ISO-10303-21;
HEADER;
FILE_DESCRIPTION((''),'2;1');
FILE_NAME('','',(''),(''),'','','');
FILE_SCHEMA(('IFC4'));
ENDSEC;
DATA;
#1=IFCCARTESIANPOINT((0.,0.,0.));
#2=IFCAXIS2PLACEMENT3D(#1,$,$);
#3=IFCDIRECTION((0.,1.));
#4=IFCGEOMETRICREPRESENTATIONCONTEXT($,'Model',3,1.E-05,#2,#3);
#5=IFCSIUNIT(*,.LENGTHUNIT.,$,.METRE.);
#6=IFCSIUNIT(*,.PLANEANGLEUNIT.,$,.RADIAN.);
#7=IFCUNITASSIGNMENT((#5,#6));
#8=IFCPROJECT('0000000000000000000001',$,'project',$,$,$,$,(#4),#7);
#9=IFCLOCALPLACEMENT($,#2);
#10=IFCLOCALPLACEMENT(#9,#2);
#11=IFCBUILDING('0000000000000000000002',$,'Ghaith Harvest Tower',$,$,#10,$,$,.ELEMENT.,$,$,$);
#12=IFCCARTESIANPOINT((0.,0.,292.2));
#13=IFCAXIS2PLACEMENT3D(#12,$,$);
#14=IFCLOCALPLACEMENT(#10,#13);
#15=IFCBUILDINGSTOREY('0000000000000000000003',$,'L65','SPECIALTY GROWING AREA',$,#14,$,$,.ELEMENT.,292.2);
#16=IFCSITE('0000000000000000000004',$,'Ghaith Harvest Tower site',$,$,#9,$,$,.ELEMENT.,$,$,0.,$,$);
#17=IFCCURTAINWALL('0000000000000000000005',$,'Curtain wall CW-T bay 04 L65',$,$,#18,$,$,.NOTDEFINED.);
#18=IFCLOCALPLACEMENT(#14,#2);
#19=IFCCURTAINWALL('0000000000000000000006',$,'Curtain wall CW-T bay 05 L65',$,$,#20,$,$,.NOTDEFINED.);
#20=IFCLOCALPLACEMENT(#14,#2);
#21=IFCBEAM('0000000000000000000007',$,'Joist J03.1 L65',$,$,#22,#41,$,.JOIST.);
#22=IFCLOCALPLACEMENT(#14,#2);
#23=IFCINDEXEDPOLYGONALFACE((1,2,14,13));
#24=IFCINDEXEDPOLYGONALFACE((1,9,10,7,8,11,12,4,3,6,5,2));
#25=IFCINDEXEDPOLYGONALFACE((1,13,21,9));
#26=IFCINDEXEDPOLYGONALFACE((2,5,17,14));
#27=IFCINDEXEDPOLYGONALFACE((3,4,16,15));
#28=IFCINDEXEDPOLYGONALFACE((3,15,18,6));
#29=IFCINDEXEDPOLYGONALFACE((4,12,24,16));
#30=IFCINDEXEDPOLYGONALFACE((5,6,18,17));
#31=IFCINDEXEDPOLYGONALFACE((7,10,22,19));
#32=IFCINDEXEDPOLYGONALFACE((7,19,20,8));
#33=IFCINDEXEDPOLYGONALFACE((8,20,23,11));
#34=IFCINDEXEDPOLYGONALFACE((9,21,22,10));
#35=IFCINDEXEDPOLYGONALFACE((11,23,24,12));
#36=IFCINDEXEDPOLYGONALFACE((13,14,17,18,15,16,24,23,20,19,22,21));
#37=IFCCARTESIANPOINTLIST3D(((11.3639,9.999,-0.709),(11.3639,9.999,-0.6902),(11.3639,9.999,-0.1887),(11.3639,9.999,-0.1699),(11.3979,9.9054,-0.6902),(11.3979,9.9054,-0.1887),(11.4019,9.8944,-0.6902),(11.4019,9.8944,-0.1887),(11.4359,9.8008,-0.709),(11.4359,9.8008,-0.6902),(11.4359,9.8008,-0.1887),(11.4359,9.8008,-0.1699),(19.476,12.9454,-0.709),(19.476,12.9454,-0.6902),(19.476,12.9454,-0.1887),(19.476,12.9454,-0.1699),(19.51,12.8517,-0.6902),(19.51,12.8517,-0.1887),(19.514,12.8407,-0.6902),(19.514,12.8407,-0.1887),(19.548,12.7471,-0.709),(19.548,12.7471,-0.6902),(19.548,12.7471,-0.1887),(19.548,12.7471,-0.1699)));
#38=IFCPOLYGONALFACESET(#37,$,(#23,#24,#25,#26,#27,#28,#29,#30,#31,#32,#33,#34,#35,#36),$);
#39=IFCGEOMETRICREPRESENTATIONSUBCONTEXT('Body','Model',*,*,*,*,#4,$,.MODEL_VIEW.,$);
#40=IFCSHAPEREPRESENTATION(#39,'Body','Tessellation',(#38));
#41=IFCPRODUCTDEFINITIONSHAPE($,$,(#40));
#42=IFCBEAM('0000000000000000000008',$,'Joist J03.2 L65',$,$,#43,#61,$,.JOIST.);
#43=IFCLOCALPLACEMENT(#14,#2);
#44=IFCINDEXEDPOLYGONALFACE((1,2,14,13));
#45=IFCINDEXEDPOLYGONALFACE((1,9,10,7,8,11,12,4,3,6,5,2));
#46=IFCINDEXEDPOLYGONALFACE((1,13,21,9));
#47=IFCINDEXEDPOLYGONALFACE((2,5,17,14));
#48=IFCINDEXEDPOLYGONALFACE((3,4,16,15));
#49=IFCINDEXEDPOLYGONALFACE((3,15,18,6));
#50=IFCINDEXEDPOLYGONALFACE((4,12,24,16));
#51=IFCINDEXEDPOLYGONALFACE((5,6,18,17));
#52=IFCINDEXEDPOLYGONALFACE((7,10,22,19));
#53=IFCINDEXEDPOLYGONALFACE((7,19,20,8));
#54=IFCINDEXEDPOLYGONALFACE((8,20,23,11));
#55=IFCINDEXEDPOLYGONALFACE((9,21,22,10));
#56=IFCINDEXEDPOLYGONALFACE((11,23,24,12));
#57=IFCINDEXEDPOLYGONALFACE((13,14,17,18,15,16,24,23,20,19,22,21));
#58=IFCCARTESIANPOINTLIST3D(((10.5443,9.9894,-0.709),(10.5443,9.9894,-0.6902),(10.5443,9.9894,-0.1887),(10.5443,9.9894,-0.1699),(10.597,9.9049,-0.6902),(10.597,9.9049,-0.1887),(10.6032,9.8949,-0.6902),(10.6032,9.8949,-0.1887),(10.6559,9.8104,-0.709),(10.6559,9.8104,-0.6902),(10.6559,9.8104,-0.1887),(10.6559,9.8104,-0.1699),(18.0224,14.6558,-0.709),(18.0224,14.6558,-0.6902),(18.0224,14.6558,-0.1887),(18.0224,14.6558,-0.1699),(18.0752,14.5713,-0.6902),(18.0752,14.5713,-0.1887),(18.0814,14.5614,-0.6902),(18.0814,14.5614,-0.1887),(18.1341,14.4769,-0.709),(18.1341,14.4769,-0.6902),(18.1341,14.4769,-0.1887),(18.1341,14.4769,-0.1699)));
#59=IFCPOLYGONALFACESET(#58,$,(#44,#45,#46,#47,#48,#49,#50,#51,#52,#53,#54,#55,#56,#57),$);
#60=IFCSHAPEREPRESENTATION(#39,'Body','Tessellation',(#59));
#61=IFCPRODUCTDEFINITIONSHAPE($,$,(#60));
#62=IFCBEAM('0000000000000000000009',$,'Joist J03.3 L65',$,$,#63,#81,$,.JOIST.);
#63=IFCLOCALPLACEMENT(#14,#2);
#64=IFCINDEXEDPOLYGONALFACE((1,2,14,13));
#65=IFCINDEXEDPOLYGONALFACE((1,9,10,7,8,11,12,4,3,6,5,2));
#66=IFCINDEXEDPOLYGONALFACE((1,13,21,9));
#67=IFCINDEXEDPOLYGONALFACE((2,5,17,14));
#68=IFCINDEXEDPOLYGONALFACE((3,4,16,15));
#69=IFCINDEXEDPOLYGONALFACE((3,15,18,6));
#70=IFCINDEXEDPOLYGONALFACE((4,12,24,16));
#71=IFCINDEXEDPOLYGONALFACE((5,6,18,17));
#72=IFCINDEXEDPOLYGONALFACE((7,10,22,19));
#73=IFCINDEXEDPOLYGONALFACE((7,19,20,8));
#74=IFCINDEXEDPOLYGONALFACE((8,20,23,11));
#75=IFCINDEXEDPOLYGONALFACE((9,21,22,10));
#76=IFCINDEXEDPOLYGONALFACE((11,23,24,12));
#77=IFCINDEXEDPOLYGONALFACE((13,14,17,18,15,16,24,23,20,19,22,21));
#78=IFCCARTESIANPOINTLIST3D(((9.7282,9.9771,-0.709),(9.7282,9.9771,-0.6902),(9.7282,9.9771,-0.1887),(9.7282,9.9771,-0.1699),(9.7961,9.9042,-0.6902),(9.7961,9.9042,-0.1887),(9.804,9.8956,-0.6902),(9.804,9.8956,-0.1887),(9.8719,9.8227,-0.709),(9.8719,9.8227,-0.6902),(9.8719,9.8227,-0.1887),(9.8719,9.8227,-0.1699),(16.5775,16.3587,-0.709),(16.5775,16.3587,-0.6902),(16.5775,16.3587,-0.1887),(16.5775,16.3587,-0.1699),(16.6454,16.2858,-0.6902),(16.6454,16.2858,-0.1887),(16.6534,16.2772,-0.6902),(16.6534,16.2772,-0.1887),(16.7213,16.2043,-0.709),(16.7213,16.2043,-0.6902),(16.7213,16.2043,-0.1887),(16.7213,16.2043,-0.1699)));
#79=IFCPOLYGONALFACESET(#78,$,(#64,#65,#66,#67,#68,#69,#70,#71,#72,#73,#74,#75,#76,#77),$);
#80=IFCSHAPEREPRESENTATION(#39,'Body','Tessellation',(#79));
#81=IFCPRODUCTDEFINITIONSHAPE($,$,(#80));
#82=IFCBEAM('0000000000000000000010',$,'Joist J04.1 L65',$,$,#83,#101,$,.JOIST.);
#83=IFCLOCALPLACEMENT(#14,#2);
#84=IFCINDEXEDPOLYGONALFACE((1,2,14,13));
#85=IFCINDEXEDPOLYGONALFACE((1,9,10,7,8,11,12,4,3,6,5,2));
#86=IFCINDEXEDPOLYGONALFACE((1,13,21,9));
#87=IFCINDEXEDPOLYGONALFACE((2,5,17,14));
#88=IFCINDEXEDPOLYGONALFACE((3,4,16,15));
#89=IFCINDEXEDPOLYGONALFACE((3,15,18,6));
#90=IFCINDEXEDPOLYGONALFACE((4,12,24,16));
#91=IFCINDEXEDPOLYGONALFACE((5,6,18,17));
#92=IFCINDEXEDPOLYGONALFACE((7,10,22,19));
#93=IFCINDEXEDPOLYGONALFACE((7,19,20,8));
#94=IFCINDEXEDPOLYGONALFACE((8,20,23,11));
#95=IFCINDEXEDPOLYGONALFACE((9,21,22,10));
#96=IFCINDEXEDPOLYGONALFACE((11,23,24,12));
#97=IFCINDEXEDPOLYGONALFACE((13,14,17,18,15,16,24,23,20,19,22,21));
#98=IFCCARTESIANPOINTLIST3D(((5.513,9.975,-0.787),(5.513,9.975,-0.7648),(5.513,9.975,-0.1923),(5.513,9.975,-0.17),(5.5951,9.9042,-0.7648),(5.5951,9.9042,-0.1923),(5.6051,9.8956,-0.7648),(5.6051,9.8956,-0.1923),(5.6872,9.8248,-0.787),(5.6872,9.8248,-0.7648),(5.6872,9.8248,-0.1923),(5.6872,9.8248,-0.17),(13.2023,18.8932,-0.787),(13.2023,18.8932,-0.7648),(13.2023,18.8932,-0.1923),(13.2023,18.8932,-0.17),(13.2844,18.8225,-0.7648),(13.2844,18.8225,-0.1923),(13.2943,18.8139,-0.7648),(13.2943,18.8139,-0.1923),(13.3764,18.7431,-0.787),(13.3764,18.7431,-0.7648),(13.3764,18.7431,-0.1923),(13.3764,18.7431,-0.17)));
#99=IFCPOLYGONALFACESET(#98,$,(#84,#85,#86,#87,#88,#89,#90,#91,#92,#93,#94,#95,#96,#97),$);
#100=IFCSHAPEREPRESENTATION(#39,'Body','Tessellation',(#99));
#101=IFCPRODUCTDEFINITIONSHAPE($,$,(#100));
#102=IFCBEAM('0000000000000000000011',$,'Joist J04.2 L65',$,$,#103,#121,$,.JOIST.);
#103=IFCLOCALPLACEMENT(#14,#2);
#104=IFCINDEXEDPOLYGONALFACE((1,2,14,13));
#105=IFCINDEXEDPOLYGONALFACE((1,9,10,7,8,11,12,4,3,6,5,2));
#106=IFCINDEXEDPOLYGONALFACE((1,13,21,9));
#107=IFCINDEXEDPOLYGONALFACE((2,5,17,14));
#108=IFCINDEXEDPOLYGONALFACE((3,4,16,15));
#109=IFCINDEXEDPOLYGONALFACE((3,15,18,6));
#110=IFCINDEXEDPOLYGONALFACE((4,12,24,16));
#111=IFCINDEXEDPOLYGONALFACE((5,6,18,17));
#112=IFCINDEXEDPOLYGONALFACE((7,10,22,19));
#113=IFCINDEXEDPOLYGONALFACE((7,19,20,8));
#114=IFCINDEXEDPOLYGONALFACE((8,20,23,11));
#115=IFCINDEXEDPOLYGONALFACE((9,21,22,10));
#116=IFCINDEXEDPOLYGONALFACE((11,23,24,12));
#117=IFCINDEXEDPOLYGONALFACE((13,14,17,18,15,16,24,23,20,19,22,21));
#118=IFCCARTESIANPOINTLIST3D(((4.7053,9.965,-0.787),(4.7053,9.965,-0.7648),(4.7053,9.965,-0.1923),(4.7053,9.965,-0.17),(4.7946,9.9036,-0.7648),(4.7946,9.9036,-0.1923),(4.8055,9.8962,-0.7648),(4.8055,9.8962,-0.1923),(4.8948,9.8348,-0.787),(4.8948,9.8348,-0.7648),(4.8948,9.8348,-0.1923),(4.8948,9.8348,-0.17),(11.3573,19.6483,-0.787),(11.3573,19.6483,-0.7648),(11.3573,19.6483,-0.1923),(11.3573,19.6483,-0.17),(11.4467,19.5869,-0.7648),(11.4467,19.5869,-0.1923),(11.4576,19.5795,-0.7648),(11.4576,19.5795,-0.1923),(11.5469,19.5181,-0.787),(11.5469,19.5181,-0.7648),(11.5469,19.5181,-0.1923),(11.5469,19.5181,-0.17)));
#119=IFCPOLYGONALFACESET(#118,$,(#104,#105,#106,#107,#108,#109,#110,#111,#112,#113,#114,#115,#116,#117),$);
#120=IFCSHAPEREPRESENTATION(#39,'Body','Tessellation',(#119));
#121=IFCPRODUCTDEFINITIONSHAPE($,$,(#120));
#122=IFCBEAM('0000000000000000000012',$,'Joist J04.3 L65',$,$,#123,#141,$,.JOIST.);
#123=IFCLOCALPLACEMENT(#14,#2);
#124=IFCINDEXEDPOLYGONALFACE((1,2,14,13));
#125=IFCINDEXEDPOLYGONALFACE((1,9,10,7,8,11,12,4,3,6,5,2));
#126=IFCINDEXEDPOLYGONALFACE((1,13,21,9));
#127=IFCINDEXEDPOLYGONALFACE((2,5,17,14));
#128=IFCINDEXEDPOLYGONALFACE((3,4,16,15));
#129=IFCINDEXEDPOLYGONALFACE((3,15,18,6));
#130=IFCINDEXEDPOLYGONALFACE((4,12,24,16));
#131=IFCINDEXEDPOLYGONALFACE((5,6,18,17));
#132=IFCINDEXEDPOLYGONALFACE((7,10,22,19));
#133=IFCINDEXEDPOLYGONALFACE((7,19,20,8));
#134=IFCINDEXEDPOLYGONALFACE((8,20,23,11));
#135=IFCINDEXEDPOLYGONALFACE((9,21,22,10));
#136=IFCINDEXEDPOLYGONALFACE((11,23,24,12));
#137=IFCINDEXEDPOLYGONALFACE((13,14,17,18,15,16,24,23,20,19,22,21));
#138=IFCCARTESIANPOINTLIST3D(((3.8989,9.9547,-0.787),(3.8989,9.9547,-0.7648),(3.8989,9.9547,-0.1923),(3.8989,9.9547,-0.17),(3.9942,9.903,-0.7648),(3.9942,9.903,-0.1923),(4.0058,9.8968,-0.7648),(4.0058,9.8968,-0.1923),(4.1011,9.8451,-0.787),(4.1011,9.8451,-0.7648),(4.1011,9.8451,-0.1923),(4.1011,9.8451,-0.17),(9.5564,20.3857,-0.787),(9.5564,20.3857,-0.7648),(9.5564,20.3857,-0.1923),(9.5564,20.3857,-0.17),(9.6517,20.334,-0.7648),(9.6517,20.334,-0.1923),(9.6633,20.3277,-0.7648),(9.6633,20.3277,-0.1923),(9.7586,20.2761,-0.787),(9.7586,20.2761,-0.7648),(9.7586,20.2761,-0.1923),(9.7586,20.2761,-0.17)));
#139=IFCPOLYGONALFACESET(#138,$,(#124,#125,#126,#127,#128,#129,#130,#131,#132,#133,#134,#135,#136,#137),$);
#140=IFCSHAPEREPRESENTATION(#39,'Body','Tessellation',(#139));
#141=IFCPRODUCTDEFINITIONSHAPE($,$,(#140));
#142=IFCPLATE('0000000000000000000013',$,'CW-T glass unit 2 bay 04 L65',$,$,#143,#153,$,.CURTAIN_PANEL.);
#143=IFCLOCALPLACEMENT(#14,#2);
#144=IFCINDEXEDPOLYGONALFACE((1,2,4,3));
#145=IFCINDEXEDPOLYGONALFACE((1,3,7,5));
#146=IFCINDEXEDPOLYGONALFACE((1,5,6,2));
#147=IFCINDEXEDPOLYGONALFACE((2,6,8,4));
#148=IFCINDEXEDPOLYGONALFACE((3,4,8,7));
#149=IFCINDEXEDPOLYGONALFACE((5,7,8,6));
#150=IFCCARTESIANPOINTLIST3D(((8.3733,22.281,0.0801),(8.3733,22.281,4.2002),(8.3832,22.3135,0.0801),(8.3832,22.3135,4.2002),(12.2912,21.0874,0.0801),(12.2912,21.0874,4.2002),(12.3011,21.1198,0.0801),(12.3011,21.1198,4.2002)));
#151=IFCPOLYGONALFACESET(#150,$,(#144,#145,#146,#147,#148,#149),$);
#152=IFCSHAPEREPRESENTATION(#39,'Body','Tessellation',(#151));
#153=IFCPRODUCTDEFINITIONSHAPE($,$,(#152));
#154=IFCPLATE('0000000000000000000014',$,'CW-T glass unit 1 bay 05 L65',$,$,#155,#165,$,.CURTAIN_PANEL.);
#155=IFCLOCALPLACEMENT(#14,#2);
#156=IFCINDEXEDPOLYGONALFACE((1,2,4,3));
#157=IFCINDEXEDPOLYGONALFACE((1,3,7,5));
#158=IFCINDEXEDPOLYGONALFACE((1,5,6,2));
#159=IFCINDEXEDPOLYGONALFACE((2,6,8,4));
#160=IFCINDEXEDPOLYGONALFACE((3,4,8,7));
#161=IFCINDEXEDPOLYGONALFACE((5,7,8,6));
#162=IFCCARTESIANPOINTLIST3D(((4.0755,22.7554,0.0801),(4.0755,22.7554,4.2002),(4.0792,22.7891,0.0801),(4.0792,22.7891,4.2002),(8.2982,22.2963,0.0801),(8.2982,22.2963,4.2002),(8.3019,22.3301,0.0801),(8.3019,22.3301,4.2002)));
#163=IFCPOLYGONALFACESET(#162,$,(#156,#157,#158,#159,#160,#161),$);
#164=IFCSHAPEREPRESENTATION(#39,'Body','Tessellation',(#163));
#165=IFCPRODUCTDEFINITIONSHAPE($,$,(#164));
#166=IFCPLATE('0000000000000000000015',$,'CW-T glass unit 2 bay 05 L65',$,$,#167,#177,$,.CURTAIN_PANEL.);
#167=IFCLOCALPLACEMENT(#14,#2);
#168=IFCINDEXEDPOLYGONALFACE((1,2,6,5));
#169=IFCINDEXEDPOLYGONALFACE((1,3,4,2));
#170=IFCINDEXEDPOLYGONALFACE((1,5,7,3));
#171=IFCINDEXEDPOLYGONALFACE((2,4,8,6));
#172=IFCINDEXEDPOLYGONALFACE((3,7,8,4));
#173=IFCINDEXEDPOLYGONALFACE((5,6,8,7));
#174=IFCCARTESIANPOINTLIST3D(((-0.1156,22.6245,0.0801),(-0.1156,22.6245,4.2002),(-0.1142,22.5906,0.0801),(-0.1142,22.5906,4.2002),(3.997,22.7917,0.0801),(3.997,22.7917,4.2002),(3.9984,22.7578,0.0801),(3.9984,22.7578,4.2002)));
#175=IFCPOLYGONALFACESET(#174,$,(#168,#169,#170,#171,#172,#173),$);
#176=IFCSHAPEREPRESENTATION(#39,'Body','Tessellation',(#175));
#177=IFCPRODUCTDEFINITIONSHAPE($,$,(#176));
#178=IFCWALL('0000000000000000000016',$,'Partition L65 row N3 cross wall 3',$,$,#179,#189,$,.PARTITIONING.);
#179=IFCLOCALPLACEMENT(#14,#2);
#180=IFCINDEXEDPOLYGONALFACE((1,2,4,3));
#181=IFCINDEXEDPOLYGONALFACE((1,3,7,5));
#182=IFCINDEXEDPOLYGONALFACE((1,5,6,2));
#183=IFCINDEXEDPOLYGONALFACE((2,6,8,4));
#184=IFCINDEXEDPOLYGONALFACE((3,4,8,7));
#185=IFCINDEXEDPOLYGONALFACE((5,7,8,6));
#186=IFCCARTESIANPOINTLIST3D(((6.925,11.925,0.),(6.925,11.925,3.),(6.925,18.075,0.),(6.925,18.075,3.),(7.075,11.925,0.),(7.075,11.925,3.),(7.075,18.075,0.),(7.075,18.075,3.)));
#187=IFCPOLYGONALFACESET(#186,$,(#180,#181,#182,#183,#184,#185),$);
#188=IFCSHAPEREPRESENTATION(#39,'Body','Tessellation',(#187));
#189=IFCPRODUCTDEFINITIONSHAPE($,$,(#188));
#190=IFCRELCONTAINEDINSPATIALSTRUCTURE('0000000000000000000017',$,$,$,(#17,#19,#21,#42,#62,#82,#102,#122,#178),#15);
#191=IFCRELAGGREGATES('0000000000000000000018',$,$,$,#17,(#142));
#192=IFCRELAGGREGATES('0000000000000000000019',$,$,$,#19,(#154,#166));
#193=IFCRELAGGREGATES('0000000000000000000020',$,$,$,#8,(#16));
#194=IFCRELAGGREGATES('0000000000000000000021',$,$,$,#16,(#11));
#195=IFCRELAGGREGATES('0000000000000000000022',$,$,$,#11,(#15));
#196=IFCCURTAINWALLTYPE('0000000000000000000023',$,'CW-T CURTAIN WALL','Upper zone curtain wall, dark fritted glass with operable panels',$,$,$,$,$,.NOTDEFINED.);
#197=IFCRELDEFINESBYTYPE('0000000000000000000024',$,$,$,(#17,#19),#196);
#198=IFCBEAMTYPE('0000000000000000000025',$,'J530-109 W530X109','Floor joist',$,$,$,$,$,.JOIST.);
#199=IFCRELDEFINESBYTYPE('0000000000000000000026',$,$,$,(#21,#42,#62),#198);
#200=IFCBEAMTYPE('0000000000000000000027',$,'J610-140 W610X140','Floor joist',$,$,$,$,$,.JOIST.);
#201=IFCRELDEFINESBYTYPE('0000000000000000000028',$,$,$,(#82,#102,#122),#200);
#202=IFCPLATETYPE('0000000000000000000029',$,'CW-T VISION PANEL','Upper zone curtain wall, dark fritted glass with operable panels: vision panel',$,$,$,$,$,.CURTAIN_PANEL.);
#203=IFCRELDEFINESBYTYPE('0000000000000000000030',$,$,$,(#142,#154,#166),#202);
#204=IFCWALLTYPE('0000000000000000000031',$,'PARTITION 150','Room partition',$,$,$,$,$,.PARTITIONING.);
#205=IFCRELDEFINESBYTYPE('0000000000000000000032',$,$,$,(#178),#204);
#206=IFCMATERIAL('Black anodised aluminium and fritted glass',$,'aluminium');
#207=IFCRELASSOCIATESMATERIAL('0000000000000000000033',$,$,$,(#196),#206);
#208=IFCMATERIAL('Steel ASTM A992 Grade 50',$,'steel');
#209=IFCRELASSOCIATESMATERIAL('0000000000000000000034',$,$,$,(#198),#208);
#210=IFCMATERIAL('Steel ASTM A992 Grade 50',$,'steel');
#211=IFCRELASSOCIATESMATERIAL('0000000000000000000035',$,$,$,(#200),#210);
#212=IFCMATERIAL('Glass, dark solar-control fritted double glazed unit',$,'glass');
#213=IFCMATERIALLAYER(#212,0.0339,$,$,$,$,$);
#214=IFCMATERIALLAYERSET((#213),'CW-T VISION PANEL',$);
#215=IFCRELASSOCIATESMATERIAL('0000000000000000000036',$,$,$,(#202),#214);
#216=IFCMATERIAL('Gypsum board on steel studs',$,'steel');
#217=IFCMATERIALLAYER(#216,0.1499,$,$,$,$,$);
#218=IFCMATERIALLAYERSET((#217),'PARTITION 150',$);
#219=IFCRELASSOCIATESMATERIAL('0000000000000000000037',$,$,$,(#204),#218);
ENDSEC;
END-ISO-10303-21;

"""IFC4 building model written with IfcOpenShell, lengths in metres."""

from ifc_helpers import new_model, si_unit, direction, frame, frame_2d, origin, origin_2d, place, context, subcontext, project, spatial, rectangle, i_section, extrude, material, layer, layer_set, material_profile, profile_set, type_object, element, aggregate, save


model = new_model("IFC4")

# Units and contexts
model_context = context("Model", 3, precision=1e-05, world=origin(), true_north=direction((0.0, 1.0)))
body_context = subcontext(model_context, "Body", "Model", "MODEL_VIEW")
ifc_project = project(units=[si_unit("LENGTHUNIT", "METRE"), si_unit("PLANEANGLEUNIT", "RADIAN")], contexts=[model_context])

# Site, building, storey
site_placement = place(None, origin())
site = spatial("IfcSite", under=ifc_project, at=site_placement, Name="Ghaith Harvest Tower site", CompositionType="ELEMENT", RefElevation=0.0)
building_placement = place(site_placement, origin())
building = spatial("IfcBuilding", under=site, at=building_placement, Name="Ghaith Harvest Tower", CompositionType="ELEMENT")
storey_placement = place(building_placement, frame((0.0, 0.0, 292.2)))
storey = spatial("IfcBuildingStorey", under=building, at=storey_placement, Name="L65", Description="SPECIALTY GROWING AREA", CompositionType="ELEMENT", Elevation=292.2)

# Curtain wall
ifc_material_1 = material(Name="Black anodised aluminium and fritted glass", Category="aluminium")
curtain_wall_type = type_object("IfcCurtainWallType", Name="CW-T CURTAIN WALL", Description="Upper zone curtain wall, dark fritted glass with operable panels", PredefinedType="NOTDEFINED", material=ifc_material_1)
curtain_wall_1_placement = place(storey_placement, origin())
curtain_wall_1 = element("IfcCurtainWall", 1, at=curtain_wall_1_placement, inside=storey, type_object=curtain_wall_type, Name="Curtain wall CW-T bay 04 L65", PredefinedType="NOTDEFINED")

# Curtain wall
curtain_wall_2_placement = place(storey_placement, origin())
curtain_wall_2 = element("IfcCurtainWall", 2, at=curtain_wall_2_placement, inside=storey, type_object=curtain_wall_type, Name="Curtain wall CW-T bay 05 L65", PredefinedType="NOTDEFINED")

# Beams
ifc_material_2 = material(Name="Steel ASTM A992 Grade 50", Category="steel")
ifc_material_profile_1 = material_profile(ifc_material_2, i_section(OverallWidth=0.2109, OverallDepth=0.5391, WebThickness=0.0117, FlangeThickness=0.0188, at=origin_2d()), Name="W530X109")
ifc_profile_set_1 = profile_set([ifc_material_profile_1], Name="Steel ASTM A992 Grade 50")
beam_type_1 = type_object("IfcBeamType", Name="J530-109 W530X109", Description="Floor joist", PredefinedType="JOIST", material=ifc_profile_set_1)
beam_1_placement = place(storey_placement, frame((11.3999, 9.8999, -0.4395), z_axis=(0.939926, 0.34138, 0.0), x_axis=(-0.34138, 0.939926, 0.0)))
element("IfcBeam", 3, at=beam_1_placement, inside=storey, type_object=beam_type_1, Name="Joist J03.1 L65", PredefinedType="JOIST", context=body_context, shape_type="SweptSolid", body=[
    extrude(i_section(OverallWidth=0.2109, OverallDepth=0.5391, WebThickness=0.0117, FlangeThickness=0.0188, at=origin_2d()), origin(), (0.0, 0.0, 1.0), 8.6306),
])
beam_2_placement = place(storey_placement, frame((10.6001, 9.8999, -0.4395), z_axis=(0.848376, 0.529394, 0.0), x_axis=(-0.529394, 0.848376, 0.0)))
element("IfcBeam", 4, at=beam_2_placement, inside=storey, type_object=beam_type_1, Name="Joist J03.2 L65", PredefinedType="JOIST", context=body_context, shape_type="SweptSolid", body=[
    extrude(i_section(OverallWidth=0.2109, OverallDepth=0.5391, WebThickness=0.0117, FlangeThickness=0.0188, at=origin_2d()), origin(), (0.0, 0.0, 1.0), 8.8147),
])
beam_3_placement = place(storey_placement, frame((9.8, 9.8999, -0.4395), z_axis=(0.731649, 0.681682, 0.0), x_axis=(-0.681682, 0.731649, 0.0)))
element("IfcBeam", 5, at=beam_3_placement, inside=storey, type_object=beam_type_1, Name="Joist J03.3 L65", PredefinedType="JOIST", context=body_context, shape_type="SweptSolid", body=[
    extrude(i_section(OverallWidth=0.2109, OverallDepth=0.5391, WebThickness=0.0117, FlangeThickness=0.0188, at=origin_2d()), origin(), (0.0, 0.0, 1.0), 9.3616),
])
ifc_material_3 = material(Name="Steel ASTM A992 Grade 50", Category="steel")
ifc_material_profile_2 = material_profile(ifc_material_3, i_section(OverallWidth=0.23, OverallDepth=0.6169, WebThickness=0.0132, FlangeThickness=0.0222, at=origin_2d()), Name="W610X140")
ifc_profile_set_2 = profile_set([ifc_material_profile_2], Name="Steel ASTM A992 Grade 50")
beam_type_2 = type_object("IfcBeamType", Name="J610-140 W610X140", Description="Floor joist", PredefinedType="JOIST", material=ifc_profile_set_2)
beam_4_placement = place(storey_placement, frame((5.6001, 9.8999, -0.4785), z_axis=(0.652993, 0.757364, 0.0), x_axis=(-0.757364, 0.652993, 0.0)))
element("IfcBeam", 6, at=beam_4_placement, inside=storey, type_object=beam_type_2, Name="Joist J04.1 L65", PredefinedType="JOIST", context=body_context, shape_type="SweptSolid", body=[
    extrude(i_section(OverallWidth=0.23, OverallDepth=0.6169, WebThickness=0.0132, FlangeThickness=0.0222, at=origin_2d()), origin(), (0.0, 0.0, 1.0), 11.7754),
])
beam_5_placement = place(storey_placement, frame((4.8, 9.8999, -0.4785), z_axis=(0.566228, 0.824249, 0.0), x_axis=(-0.824249, 0.566228, 0.0)))
element("IfcBeam", 7, at=beam_5_placement, inside=storey, type_object=beam_type_2, Name="Joist J04.2 L65", PredefinedType="JOIST", context=body_context, shape_type="SweptSolid", body=[
    extrude(i_section(OverallWidth=0.23, OverallDepth=0.6169, WebThickness=0.0132, FlangeThickness=0.0222, at=origin_2d()), origin(), (0.0, 0.0, 1.0), 11.748),
])
beam_6_placement = place(storey_placement, frame((4.0, 9.8999, -0.4785), z_axis=(0.476765, 0.879031, 0.0), x_axis=(-0.879031, 0.476765, 0.0)))
element("IfcBeam", 8, at=beam_6_placement, inside=storey, type_object=beam_type_2, Name="Joist J04.3 L65", PredefinedType="JOIST", context=body_context, shape_type="SweptSolid", body=[
    extrude(i_section(OverallWidth=0.23, OverallDepth=0.6169, WebThickness=0.0132, FlangeThickness=0.0222, at=origin_2d()), origin(), (0.0, 0.0, 1.0), 11.8665),
])

# Plates
ifc_material_4 = material(Name="Glass, dark solar-control fritted double glazed unit", Category="glass")
ifc_layer_1 = layer(ifc_material_4, 0.0339)
ifc_layer_set_1 = layer_set([ifc_layer_1], Name="CW-T VISION PANEL")
plate_type = type_object("IfcPlateType", Name="CW-T VISION PANEL", Description="Upper zone curtain wall, dark fritted glass with operable panels: vision panel", PredefinedType="CURTAIN_PANEL", material=ifc_layer_set_1)
plate_1_placement = place(storey_placement, frame((10.3372, 21.7004, 0.0801), z_axis=(0.0, 0.0, 1.0), x_axis=(-0.956588, 0.291445, 0.0)))
plate_1 = element("IfcPlate", 9, at=plate_1_placement, type_object=plate_type, Name="CW-T glass unit 2 bay 04 L65", PredefinedType="CURTAIN_PANEL", context=body_context, shape_type="SweptSolid", body=[
    extrude(rectangle(XDim=4.0957, YDim=0.0339, at=origin_2d()), origin(), (0.0, 0.0, 1.0), 4.1201),
])
aggregate(curtain_wall_1, [plate_1])
plate_2_placement = place(storey_placement, frame((6.1887, 22.5427, 0.0801), z_axis=(0.0, 0.0, 1.0), x_axis=(-0.994143, 0.108074, 0.0)))
plate_2 = element("IfcPlate", 10, at=plate_2_placement, type_object=plate_type, Name="CW-T glass unit 1 bay 05 L65", PredefinedType="CURTAIN_PANEL", context=body_context, shape_type="SweptSolid", body=[
    extrude(rectangle(XDim=4.2476, YDim=0.0339, at=origin_2d()), origin(), (0.0, 0.0, 1.0), 4.1201),
])
plate_3_placement = place(storey_placement, frame((1.9414, 22.6912, 0.0801), z_axis=(0.0, 0.0, 1.0), x_axis=(-0.999174, -0.040638, 0.0)))
plate_3 = element("IfcPlate", 11, at=plate_3_placement, type_object=plate_type, Name="CW-T glass unit 2 bay 05 L65", PredefinedType="CURTAIN_PANEL", context=body_context, shape_type="SweptSolid", body=[
    extrude(rectangle(XDim=4.116, YDim=0.0339, at=origin_2d()), origin(), (0.0, 0.0, 1.0), 4.1201),
])
aggregate(curtain_wall_2, [plate_2, plate_3])

# Wall
ifc_material_5 = material(Name="Gypsum board on steel studs", Category="steel")
ifc_layer_2 = layer(ifc_material_5, 0.1499)
ifc_layer_set_2 = layer_set([ifc_layer_2], Name="PARTITION 150")
wall_type = type_object("IfcWallType", Name="PARTITION 150", Description="Room partition", PredefinedType="PARTITIONING", material=ifc_layer_set_2)
wall_1_placement = place(storey_placement, frame((7.0, 11.925, 0.0), z_axis=(0.0, 0.0, 1.0), x_axis=(0.0, 1.0, 0.0)))
element("IfcWall", 12, at=wall_1_placement, inside=storey, type_object=wall_type, Name="Partition L65 row N3 cross wall 3", PredefinedType="PARTITIONING", context=body_context, shape_type="SweptSolid", body=[
    extrude(rectangle(XDim=6.1499, YDim=0.1499, at=frame_2d((3.075, 0.0))), origin(), (0.0, 0.0, 1.0), 3.0),
])

save(model, "model.ifc")
